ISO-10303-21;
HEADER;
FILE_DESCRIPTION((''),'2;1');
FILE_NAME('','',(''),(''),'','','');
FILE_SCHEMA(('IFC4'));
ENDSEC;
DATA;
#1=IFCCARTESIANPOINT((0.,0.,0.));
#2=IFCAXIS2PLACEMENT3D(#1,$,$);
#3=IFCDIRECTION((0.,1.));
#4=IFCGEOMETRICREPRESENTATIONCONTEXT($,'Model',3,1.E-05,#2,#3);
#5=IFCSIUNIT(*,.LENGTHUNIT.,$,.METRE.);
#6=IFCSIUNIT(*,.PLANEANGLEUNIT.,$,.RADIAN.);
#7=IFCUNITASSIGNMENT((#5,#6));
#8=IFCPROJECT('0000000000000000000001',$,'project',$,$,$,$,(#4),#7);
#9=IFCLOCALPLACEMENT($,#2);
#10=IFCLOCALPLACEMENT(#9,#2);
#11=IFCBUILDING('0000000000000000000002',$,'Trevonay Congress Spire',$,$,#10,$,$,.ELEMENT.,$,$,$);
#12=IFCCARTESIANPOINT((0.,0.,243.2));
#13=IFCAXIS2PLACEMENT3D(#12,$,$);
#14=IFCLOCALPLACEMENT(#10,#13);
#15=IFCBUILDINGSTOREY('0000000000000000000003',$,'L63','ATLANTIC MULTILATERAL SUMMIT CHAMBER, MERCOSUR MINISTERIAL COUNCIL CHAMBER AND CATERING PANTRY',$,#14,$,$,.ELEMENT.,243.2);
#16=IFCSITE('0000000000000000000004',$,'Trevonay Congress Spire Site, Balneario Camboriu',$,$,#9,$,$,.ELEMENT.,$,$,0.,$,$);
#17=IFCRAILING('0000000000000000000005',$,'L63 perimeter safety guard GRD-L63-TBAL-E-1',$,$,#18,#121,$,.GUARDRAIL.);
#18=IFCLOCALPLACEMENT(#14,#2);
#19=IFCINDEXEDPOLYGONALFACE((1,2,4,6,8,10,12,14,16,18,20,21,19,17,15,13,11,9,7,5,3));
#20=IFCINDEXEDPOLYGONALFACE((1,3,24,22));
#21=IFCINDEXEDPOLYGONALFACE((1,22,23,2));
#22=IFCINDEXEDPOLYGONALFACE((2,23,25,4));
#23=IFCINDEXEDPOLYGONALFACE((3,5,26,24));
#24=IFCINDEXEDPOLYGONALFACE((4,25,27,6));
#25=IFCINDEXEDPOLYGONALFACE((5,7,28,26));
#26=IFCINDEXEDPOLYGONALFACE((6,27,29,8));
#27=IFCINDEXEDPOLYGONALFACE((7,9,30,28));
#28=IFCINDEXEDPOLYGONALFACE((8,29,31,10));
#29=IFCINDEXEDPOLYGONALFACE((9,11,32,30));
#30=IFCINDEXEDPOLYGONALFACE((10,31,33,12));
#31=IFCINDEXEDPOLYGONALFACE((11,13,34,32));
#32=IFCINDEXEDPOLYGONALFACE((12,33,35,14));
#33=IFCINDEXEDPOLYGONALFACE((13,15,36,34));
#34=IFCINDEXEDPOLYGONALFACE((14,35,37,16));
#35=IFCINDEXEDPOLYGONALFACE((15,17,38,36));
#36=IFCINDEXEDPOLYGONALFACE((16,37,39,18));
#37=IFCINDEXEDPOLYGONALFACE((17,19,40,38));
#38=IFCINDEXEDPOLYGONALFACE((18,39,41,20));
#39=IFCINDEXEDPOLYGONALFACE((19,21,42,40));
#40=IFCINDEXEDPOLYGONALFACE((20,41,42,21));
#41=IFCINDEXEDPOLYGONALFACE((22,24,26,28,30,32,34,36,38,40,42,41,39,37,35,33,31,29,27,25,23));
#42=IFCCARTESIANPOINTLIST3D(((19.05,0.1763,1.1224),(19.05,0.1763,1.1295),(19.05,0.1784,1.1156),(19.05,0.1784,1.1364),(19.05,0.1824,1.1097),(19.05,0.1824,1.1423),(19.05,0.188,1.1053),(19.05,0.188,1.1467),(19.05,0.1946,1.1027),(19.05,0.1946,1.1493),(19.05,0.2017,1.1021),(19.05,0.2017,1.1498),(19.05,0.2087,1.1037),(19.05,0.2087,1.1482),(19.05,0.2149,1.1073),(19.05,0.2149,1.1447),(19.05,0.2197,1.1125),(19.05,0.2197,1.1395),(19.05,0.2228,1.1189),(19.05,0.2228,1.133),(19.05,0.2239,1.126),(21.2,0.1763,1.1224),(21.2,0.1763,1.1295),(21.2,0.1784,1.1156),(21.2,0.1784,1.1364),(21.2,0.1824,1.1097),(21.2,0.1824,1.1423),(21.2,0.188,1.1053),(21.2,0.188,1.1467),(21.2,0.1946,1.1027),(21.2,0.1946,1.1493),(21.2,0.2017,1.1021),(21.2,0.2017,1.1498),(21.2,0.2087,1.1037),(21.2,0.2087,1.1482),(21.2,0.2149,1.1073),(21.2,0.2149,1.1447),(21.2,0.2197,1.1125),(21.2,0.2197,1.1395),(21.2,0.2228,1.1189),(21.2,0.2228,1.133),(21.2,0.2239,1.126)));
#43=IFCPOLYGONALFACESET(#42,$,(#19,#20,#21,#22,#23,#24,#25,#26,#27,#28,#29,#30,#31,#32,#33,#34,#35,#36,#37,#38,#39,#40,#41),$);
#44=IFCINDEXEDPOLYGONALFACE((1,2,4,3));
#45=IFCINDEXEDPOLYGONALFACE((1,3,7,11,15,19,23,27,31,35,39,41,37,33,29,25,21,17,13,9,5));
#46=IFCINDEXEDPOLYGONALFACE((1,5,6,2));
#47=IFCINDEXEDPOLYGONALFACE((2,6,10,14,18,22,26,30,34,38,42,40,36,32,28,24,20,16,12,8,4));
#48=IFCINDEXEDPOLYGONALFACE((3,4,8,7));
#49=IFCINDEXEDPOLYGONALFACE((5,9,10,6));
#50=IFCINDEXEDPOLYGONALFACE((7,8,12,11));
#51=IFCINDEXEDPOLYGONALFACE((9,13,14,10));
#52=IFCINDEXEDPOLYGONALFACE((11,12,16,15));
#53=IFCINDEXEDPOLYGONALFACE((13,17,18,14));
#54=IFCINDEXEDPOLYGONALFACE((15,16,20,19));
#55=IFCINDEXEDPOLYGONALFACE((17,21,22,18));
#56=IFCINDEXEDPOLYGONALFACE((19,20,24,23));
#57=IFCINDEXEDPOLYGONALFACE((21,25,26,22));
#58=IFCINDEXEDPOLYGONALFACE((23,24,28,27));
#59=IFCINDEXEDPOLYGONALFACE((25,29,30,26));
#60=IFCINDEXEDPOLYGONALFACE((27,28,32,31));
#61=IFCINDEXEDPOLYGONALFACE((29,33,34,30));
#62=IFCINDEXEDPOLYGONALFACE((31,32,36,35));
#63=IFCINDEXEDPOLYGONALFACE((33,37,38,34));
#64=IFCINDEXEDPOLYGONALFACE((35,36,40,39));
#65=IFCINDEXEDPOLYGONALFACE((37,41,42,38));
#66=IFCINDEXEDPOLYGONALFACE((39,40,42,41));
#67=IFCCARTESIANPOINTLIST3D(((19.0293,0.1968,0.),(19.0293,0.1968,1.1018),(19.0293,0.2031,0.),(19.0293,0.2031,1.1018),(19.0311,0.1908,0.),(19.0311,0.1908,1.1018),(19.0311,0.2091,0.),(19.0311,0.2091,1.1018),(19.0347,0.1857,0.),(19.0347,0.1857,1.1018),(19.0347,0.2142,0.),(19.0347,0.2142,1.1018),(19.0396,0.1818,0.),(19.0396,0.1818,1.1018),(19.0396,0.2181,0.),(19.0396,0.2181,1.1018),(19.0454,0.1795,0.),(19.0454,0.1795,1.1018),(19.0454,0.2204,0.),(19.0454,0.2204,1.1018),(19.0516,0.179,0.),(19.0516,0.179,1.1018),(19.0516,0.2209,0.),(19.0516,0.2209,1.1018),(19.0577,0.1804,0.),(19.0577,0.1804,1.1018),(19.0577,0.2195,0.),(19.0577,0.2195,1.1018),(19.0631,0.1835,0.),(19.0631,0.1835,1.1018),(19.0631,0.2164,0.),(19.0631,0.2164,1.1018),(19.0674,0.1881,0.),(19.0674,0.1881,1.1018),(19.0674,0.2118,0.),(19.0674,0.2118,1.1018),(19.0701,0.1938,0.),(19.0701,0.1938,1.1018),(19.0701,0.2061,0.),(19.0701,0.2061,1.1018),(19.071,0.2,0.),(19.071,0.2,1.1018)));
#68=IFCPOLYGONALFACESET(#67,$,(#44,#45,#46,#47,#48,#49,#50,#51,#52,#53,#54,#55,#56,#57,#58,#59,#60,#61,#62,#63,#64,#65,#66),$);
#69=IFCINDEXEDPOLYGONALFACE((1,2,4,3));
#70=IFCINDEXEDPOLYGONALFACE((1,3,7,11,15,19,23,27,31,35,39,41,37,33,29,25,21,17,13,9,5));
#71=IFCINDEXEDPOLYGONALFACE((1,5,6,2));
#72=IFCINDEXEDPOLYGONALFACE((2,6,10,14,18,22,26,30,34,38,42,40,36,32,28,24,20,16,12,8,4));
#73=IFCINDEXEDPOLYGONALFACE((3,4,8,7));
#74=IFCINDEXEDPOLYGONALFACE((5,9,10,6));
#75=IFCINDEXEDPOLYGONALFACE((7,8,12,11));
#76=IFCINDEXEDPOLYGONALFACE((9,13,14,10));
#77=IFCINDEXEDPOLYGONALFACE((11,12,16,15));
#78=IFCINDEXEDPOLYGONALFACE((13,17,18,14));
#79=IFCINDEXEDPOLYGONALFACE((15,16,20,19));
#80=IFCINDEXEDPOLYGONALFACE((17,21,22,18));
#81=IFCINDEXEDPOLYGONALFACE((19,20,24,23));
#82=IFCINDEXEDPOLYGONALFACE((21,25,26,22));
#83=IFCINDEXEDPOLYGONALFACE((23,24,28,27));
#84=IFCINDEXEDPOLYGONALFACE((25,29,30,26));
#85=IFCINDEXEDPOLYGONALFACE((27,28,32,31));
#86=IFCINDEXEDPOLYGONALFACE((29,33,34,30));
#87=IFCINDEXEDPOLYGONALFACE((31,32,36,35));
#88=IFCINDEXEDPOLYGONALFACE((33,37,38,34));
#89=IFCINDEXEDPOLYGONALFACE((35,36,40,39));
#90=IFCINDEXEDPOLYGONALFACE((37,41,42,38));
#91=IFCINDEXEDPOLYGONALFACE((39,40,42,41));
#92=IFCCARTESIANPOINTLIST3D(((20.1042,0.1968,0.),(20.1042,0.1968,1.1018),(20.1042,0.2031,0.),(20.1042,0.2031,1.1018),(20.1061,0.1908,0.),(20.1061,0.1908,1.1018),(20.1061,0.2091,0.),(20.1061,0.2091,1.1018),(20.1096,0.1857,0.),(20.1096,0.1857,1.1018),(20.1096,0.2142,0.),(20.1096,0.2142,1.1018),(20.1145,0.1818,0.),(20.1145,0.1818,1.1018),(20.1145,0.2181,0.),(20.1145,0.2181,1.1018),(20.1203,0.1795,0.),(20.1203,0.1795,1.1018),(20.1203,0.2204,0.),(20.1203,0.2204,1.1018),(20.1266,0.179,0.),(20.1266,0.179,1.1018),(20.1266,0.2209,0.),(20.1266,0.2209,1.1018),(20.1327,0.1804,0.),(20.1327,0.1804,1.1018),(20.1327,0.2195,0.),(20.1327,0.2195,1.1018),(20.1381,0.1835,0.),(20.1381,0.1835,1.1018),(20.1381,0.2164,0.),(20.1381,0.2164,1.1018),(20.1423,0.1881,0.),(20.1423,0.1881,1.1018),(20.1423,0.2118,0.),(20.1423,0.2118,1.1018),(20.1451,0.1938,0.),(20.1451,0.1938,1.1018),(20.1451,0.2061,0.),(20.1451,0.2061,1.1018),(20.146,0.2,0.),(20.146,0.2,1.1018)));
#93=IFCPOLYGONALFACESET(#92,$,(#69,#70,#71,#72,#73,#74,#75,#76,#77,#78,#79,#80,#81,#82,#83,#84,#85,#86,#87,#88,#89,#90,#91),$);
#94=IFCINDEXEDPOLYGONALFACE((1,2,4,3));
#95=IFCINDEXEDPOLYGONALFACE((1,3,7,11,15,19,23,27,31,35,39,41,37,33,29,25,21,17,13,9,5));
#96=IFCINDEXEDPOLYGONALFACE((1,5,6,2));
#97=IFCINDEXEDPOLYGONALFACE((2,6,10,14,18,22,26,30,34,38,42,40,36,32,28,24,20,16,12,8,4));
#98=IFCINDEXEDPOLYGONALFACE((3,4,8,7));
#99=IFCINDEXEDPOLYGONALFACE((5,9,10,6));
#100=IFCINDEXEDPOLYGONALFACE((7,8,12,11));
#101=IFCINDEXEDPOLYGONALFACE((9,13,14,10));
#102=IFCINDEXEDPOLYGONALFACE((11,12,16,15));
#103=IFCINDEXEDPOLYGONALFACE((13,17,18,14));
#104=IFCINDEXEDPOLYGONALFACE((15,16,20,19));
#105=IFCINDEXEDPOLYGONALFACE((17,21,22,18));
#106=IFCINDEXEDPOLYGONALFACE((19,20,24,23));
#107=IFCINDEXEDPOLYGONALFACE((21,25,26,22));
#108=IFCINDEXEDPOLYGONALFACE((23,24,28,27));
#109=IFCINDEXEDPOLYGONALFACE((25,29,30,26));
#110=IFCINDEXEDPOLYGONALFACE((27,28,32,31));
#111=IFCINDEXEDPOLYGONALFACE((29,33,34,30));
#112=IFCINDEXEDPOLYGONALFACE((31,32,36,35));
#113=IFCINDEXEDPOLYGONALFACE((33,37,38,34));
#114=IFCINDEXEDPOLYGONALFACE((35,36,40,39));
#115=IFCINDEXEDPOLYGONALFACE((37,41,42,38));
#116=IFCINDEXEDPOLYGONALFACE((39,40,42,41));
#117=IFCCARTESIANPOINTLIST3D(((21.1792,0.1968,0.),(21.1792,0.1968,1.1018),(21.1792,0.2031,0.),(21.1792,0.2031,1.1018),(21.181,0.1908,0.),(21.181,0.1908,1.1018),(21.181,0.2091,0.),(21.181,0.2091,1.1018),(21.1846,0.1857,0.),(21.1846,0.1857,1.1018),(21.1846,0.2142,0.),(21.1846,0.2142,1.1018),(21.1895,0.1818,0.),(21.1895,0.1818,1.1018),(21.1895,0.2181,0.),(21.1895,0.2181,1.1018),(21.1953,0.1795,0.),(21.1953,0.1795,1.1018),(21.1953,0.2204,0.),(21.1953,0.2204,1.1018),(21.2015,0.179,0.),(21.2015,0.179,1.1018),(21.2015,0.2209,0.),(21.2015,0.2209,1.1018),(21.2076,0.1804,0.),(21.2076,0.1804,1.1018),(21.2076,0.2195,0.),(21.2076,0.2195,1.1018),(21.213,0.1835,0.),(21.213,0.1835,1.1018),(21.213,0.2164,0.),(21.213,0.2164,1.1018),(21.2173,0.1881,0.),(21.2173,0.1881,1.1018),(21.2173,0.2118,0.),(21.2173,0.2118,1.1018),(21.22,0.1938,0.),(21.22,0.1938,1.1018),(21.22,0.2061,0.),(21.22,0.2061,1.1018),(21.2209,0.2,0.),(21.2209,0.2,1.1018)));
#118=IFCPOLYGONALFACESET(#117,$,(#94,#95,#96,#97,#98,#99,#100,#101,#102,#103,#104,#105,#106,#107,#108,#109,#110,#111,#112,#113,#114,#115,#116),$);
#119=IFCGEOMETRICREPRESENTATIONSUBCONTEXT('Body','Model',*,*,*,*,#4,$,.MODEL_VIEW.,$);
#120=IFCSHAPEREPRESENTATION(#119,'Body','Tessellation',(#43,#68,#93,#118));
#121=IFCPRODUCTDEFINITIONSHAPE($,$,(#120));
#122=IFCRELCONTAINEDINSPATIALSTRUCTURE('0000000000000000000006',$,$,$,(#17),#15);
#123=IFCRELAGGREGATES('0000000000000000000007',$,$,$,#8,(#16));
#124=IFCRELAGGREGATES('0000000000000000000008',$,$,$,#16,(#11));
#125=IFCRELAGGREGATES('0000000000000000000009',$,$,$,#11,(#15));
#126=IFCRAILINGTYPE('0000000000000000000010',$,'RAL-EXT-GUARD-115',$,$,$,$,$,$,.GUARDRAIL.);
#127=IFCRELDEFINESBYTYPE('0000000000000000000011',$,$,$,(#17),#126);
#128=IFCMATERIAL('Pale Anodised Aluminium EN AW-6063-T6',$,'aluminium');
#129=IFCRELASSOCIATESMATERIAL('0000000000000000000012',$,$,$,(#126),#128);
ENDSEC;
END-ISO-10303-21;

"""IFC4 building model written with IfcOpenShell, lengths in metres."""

from ifc_helpers import new_model, si_unit, direction, frame, origin, origin_2d, place, context, subcontext, project, spatial, circle, extrude, material, type_object, element, save


model = new_model("IFC4")

# Units and contexts
model_context = context("Model", 3, precision=1e-05, world=origin(), true_north=direction((0.0, 1.0)))
body_context = subcontext(model_context, "Body", "Model", "MODEL_VIEW")
ifc_project = project(units=[si_unit("LENGTHUNIT", "METRE"), si_unit("PLANEANGLEUNIT", "RADIAN")], contexts=[model_context])

# Site, building, storey
site_placement = place(None, origin())
site = spatial("IfcSite", under=ifc_project, at=site_placement, Name="Trevonay Congress Spire Site, Balneario Camboriu", CompositionType="ELEMENT", RefElevation=0.0)
building_placement = place(site_placement, origin())
building = spatial("IfcBuilding", under=site, at=building_placement, Name="Trevonay Congress Spire", CompositionType="ELEMENT")
storey_placement = place(building_placement, frame((0.0, 0.0, 243.2)))
storey = spatial("IfcBuildingStorey", under=building, at=storey_placement, Name="L63", Description="ATLANTIC MULTILATERAL SUMMIT CHAMBER, MERCOSUR MINISTERIAL COUNCIL CHAMBER AND CATERING PANTRY", CompositionType="ELEMENT", Elevation=243.2)

# Shared definitions
ifc_material_1 = material(Name="Pale Anodised Aluminium EN AW-6063-T6", Category="aluminium")

# Railing
railing_type = type_object("IfcRailingType", Name="RAL-EXT-GUARD-115", PredefinedType="GUARDRAIL", material=ifc_material_1)
railing_1_placement = place(storey_placement, frame((19.05, 0.2, 0.0)))
element("IfcRailing", 1, at=railing_1_placement, inside=storey, type_object=railing_type, Name="L63 perimeter safety guard GRD-L63-TBAL-E-1", PredefinedType="GUARDRAIL", context=body_context, shape_type="SweptSolid", body=[
    extrude(circle(Radius=0.0239, at=origin_2d()), frame((0.0, 0.0, 1.126), z_axis=(1.0, 0.0, 0.0), x_axis=(0.0, 1.0, 0.0)), (0.0, 0.0, 1.0), 2.1499),
    extrude(circle(Radius=0.021, at=origin_2d()), origin(), (0.0, 0.0, 1.0), 1.1018),
    extrude(circle(Radius=0.021, at=origin_2d()), frame((1.075, 0.0, 0.0)), (0.0, 0.0, 1.0), 1.1018),
    extrude(circle(Radius=0.021, at=origin_2d()), frame((2.1499, 0.0, 0.0)), (0.0, 0.0, 1.0), 1.1018),
])

save(model, "model.ifc")
